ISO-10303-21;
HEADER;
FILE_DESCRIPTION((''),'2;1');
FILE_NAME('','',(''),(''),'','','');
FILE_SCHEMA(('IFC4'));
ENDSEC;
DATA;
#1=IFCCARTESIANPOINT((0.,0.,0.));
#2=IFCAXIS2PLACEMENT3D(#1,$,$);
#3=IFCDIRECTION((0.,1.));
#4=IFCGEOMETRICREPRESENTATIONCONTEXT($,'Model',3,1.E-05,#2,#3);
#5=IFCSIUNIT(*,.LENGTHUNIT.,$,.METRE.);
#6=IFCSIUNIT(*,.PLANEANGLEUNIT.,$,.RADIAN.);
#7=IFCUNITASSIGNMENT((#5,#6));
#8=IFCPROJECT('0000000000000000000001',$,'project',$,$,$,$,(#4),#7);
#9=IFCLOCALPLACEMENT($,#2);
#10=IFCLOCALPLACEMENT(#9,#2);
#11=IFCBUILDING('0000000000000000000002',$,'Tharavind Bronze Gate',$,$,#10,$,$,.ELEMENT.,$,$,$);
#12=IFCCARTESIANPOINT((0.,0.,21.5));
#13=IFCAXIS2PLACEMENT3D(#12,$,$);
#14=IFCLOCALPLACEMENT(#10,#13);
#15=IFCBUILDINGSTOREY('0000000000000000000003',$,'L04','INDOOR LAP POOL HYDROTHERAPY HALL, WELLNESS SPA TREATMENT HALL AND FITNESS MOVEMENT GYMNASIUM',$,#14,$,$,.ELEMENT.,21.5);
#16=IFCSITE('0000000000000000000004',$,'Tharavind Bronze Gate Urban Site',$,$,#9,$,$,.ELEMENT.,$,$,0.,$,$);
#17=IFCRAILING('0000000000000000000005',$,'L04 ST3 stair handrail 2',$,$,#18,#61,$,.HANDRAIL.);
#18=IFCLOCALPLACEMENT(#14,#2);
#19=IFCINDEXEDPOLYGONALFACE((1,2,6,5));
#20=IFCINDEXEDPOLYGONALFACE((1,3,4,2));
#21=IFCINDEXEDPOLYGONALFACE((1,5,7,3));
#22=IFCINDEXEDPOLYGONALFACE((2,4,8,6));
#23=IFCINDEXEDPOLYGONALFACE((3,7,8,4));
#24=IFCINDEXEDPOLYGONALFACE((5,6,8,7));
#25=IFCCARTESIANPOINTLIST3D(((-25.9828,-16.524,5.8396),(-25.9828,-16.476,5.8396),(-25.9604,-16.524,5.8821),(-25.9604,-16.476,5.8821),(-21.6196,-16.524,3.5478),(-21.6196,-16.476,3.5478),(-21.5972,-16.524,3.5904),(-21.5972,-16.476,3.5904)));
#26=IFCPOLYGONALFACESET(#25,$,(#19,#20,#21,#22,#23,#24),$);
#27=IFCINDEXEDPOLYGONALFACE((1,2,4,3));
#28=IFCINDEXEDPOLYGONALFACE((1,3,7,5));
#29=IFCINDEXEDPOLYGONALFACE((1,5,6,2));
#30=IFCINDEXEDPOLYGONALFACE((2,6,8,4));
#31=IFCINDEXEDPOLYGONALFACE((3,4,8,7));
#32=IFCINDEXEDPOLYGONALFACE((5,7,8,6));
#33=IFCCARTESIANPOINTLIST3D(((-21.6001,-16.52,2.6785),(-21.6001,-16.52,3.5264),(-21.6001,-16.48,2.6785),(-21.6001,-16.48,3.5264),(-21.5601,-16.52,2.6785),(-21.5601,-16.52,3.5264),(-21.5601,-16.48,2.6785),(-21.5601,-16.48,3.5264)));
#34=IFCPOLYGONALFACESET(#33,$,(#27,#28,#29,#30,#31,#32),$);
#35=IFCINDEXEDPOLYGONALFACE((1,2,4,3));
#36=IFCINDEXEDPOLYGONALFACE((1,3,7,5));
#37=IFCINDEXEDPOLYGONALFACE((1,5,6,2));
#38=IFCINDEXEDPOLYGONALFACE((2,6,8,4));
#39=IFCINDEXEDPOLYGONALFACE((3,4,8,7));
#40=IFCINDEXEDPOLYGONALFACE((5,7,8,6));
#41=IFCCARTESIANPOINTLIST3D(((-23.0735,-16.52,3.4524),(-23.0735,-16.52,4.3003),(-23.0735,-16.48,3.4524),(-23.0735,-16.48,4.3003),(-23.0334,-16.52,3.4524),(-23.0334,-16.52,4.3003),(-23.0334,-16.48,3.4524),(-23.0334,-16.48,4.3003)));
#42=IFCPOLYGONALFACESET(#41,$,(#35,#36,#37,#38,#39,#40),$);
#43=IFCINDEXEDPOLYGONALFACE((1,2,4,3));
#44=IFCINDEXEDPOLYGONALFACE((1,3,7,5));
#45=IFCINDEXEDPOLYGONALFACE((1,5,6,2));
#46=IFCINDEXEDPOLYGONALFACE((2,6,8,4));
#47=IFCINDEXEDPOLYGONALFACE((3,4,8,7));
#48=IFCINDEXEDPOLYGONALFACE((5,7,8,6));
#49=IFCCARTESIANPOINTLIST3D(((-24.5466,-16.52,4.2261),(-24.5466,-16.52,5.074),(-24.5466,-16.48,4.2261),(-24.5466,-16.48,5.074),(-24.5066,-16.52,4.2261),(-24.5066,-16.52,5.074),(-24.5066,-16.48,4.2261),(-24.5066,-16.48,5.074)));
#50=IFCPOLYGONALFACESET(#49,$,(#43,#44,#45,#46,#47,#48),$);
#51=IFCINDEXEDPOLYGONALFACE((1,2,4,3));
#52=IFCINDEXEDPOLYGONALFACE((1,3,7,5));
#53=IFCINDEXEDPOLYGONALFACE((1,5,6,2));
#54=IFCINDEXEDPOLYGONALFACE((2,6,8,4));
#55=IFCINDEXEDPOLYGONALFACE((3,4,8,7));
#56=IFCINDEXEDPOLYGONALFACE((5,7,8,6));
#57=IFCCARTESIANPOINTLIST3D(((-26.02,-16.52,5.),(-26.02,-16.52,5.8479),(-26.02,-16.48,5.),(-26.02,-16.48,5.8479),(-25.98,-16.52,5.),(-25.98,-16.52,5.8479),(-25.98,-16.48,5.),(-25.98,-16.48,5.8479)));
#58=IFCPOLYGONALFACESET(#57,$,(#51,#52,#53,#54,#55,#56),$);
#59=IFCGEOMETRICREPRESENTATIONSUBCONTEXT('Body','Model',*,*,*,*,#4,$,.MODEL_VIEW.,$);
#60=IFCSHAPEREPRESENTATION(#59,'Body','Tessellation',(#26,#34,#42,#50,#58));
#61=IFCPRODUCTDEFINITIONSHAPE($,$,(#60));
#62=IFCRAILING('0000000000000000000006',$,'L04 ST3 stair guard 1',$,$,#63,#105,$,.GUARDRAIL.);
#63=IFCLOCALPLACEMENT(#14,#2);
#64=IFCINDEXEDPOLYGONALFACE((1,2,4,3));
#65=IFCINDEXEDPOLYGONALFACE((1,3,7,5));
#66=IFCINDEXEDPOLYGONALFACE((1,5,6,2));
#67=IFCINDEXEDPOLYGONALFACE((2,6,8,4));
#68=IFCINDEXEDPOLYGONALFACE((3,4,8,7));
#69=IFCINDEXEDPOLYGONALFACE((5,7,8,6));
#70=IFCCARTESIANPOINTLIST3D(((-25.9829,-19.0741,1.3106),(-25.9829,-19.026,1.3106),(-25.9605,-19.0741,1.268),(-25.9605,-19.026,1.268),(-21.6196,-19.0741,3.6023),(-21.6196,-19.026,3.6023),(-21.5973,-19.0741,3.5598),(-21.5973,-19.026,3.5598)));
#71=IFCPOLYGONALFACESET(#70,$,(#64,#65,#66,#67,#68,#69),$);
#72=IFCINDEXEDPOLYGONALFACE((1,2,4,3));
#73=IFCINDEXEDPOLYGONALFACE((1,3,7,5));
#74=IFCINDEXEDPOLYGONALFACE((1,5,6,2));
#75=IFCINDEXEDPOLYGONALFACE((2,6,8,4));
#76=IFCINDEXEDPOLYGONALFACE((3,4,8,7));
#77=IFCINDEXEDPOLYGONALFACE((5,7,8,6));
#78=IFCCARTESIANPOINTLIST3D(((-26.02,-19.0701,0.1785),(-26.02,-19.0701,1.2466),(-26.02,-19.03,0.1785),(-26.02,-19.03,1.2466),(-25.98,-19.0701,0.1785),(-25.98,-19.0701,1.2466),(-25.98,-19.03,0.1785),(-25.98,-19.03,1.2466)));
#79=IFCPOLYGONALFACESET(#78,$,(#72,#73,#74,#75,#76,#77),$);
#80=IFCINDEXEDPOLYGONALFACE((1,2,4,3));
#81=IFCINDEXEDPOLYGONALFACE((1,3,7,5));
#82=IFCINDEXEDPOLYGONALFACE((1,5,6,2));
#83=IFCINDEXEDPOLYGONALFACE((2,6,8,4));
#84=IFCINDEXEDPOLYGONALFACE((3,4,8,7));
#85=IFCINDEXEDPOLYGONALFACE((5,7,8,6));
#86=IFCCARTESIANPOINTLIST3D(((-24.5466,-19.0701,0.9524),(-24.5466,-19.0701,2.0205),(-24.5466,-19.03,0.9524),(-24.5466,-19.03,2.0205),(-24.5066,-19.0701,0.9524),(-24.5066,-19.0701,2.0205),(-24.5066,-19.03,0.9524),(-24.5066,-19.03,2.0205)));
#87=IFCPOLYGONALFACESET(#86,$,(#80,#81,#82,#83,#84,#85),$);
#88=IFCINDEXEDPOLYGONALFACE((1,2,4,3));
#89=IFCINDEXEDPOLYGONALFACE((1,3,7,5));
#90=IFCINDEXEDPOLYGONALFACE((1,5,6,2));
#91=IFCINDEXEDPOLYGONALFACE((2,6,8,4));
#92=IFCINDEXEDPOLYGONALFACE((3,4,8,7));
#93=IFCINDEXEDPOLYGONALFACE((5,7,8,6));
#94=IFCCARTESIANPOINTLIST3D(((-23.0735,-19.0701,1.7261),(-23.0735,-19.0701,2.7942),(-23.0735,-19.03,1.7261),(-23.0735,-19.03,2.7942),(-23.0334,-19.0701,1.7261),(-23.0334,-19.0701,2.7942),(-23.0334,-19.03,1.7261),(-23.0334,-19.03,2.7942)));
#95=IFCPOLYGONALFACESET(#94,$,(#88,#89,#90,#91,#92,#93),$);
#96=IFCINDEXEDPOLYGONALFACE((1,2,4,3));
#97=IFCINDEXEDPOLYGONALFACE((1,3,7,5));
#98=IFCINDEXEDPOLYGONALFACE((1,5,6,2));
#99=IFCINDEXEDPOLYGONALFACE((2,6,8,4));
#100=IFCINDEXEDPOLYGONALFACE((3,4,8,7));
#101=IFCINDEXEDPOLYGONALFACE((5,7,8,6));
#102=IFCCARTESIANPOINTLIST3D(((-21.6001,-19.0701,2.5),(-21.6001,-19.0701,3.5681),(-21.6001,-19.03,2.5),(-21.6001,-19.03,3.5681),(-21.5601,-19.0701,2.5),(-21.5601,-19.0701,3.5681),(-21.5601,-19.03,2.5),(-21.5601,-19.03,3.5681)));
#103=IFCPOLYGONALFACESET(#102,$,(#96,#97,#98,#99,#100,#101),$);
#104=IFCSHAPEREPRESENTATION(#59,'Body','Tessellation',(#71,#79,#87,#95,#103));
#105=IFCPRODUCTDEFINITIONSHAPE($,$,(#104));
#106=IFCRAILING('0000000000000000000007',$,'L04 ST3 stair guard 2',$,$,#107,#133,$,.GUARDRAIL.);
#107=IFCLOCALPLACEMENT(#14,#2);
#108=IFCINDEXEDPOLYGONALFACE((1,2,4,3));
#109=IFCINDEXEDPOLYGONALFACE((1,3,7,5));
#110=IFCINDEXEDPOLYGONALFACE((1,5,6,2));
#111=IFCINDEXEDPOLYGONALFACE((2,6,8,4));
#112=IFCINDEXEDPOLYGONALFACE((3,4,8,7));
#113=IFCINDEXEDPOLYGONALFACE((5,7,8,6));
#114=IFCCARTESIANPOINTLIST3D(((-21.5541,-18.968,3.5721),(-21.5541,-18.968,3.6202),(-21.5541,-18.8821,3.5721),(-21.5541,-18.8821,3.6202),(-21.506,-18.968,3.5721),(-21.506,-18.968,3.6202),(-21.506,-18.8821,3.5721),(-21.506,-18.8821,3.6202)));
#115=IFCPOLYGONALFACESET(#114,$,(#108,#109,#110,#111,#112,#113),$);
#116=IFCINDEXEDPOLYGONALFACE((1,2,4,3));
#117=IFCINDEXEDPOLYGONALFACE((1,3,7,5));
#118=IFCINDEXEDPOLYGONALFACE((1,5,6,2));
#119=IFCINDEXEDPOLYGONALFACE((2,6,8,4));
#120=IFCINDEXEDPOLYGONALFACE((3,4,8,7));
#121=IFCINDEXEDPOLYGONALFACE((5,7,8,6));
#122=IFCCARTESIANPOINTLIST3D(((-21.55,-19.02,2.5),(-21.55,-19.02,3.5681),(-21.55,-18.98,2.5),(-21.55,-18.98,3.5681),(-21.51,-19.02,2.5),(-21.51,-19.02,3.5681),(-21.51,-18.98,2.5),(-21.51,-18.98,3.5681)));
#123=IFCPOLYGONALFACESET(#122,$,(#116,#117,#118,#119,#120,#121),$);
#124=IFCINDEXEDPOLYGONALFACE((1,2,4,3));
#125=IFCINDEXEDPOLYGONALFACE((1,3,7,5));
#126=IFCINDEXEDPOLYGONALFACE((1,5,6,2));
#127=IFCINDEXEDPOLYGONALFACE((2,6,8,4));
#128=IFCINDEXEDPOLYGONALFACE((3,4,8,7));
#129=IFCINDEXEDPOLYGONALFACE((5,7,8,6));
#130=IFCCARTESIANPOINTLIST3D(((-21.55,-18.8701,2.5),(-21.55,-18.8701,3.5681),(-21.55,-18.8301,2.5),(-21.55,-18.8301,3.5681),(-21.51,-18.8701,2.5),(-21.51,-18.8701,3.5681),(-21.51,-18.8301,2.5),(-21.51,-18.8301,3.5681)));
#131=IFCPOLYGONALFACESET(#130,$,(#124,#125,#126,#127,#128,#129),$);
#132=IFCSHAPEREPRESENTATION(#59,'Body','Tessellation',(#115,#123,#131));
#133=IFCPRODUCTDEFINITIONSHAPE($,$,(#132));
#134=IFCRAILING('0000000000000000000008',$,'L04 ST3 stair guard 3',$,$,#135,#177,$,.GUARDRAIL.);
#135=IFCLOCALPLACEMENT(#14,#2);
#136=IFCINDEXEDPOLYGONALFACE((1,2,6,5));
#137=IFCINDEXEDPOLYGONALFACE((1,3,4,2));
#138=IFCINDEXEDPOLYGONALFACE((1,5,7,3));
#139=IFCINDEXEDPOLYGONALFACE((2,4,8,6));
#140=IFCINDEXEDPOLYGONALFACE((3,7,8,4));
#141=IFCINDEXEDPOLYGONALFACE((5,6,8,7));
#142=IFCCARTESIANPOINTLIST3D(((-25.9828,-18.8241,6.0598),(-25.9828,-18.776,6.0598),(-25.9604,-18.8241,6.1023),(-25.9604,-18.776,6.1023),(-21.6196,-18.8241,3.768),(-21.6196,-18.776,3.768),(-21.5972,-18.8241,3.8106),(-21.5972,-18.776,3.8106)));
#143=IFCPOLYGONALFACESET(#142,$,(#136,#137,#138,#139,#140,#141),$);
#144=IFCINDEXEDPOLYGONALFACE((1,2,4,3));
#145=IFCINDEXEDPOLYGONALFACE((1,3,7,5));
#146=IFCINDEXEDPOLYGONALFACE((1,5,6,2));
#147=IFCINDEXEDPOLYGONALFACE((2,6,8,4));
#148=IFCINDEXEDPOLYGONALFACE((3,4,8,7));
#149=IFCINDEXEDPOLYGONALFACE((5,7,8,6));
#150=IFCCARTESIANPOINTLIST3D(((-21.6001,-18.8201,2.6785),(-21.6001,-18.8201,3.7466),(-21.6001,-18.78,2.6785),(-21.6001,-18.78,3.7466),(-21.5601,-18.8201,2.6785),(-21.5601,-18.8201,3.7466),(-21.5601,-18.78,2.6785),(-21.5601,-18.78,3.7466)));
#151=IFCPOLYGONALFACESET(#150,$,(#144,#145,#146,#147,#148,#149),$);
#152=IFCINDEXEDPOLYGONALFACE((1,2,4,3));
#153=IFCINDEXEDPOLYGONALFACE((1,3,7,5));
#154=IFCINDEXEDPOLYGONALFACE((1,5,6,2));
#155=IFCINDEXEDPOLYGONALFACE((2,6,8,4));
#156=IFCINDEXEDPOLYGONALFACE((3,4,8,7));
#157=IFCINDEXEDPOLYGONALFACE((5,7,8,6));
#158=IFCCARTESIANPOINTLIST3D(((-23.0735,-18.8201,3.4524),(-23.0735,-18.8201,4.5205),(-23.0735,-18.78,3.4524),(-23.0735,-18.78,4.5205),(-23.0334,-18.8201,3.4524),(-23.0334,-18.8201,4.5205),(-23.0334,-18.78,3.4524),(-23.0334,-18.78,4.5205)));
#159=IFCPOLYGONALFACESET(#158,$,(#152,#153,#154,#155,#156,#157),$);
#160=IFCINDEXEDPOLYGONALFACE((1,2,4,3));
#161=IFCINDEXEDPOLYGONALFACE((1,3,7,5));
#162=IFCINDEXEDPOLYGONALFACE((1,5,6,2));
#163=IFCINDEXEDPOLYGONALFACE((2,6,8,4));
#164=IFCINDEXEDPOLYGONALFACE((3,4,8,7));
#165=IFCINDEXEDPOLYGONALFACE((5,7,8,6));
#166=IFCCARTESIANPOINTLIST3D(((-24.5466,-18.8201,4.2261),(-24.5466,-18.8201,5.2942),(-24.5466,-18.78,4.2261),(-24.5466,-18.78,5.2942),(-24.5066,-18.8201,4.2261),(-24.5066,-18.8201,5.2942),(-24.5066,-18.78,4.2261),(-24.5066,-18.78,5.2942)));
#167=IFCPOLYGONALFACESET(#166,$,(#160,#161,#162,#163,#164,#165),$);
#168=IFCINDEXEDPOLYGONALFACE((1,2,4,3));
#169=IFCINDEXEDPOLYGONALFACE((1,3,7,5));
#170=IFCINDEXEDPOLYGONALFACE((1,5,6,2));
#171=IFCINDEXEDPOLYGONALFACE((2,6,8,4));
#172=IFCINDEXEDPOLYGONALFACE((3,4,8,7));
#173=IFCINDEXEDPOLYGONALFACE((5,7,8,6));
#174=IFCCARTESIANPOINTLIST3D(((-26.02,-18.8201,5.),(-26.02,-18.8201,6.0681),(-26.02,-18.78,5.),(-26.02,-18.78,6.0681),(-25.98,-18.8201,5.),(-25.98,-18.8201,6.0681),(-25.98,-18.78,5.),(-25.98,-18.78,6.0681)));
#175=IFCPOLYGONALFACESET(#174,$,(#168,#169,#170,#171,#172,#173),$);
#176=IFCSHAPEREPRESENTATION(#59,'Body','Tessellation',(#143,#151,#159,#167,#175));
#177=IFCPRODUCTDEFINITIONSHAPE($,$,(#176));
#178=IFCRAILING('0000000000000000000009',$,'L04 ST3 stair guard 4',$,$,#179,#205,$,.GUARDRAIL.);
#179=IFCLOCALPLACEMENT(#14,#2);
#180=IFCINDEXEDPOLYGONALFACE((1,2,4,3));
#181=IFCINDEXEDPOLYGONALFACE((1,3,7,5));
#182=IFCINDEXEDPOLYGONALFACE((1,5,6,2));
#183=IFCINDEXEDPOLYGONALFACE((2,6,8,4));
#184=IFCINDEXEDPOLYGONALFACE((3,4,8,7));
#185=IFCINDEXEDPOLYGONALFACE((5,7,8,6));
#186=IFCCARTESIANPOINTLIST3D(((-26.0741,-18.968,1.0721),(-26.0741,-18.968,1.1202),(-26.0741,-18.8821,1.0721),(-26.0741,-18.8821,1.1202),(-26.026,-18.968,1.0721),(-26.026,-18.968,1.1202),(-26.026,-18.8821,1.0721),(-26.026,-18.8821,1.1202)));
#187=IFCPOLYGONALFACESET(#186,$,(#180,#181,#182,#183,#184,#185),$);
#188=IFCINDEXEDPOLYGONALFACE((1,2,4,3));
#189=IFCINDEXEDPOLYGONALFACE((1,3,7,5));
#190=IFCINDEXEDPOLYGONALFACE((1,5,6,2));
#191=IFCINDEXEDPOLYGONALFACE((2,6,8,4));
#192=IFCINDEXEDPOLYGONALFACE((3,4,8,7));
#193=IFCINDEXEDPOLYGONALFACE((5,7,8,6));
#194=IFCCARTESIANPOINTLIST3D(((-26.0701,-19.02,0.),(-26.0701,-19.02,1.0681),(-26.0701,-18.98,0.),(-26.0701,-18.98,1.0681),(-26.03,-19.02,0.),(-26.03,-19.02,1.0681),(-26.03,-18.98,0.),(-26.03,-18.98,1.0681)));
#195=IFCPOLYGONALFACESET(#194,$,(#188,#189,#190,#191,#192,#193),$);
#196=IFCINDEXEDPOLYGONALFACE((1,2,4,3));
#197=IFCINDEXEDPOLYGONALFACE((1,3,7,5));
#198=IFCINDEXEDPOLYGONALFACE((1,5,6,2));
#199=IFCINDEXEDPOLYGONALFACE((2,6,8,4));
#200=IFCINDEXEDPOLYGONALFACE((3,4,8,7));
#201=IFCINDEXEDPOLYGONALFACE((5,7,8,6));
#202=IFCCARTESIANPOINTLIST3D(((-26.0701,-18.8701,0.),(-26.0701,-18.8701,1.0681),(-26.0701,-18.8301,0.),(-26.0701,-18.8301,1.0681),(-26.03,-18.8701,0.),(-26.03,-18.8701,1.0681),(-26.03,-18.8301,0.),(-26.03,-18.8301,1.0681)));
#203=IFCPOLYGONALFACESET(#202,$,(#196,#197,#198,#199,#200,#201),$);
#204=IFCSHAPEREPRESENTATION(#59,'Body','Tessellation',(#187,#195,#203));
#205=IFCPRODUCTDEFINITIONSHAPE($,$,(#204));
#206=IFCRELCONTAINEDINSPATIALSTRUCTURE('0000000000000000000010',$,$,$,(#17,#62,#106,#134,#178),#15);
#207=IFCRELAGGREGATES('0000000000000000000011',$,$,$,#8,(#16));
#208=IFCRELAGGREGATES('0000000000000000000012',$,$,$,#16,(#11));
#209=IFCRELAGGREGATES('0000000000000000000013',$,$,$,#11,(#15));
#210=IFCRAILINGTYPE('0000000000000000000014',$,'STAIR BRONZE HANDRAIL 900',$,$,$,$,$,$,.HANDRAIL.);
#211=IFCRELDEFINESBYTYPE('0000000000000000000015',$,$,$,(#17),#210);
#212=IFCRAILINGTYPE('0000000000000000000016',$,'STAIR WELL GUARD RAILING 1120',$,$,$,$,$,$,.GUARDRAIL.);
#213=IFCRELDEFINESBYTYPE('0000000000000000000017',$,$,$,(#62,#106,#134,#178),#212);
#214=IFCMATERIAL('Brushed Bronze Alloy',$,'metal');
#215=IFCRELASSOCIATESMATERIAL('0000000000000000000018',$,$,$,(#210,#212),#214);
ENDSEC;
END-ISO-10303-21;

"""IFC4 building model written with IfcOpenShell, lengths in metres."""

from ifc_helpers import new_model, si_unit, direction, frame, origin, origin_2d, place, context, subcontext, project, spatial, rectangle, extrude, material, type_object, element, save


model = new_model("IFC4")

# Units and contexts
model_context = context("Model", 3, precision=1e-05, world=origin(), true_north=direction((0.0, 1.0)))
body_context = subcontext(model_context, "Body", "Model", "MODEL_VIEW")
ifc_project = project(units=[si_unit("LENGTHUNIT", "METRE"), si_unit("PLANEANGLEUNIT", "RADIAN")], contexts=[model_context])

# Site, building, storey
site_placement = place(None, origin())
site = spatial("IfcSite", under=ifc_project, at=site_placement, Name="Tharavind Bronze Gate Urban Site", CompositionType="ELEMENT", RefElevation=0.0)
building_placement = place(site_placement, origin())
building = spatial("IfcBuilding", under=site, at=building_placement, Name="Tharavind Bronze Gate", CompositionType="ELEMENT")
storey_placement = place(building_placement, frame((0.0, 0.0, 21.5)))
storey = spatial("IfcBuildingStorey", under=building, at=storey_placement, Name="L04", Description="INDOOR LAP POOL HYDROTHERAPY HALL, WELLNESS SPA TREATMENT HALL AND FITNESS MOVEMENT GYMNASIUM", CompositionType="ELEMENT", Elevation=21.5)

# Railings
ifc_material_1 = material(Name="Brushed Bronze Alloy", Category="metal")
railing_type_1 = type_object("IfcRailingType", Name="STAIR BRONZE HANDRAIL 900", PredefinedType="HANDRAIL", material=ifc_material_1)
railing_1_placement = place(storey_placement, frame((-21.5801, -16.5, 2.6785)))
element("IfcRailing", 1, at=railing_1_placement, inside=storey, type_object=railing_type_1, Name="L04 ST3 stair handrail 2", PredefinedType="HANDRAIL", context=body_context, shape_type="SweptSolid", body=[
    extrude(rectangle(XDim=0.0481, YDim=0.0481, at=origin_2d()), frame((-0.0283, 0.0, 0.8906), z_axis=(-0.885309, 0.0, 0.465003), x_axis=(0.0, -1.0, 0.0)), (0.0, 0.0, 1.0), 4.9285),
    extrude(rectangle(XDim=0.04, YDim=0.04, at=origin_2d()), origin(), (0.0, 0.0, 1.0), 0.8479),
    extrude(rectangle(XDim=0.04, YDim=0.04, at=origin_2d()), frame((-1.4734, 0.0, 0.7739)), (0.0, 0.0, 1.0), 0.8479),
    extrude(rectangle(XDim=0.04, YDim=0.04, at=origin_2d()), frame((-2.9465, 0.0, 1.5476)), (0.0, 0.0, 1.0), 0.8479),
    extrude(rectangle(XDim=0.04, YDim=0.04, at=origin_2d()), frame((-4.4199, 0.0, 2.3215)), (0.0, 0.0, 1.0), 0.8479),
])
railing_type_2 = type_object("IfcRailingType", Name="STAIR WELL GUARD RAILING 1120", PredefinedType="GUARDRAIL", material=ifc_material_1)
railing_2_placement = place(storey_placement, frame((-26.0, -19.05, 0.1785)))
element("IfcRailing", 2, at=railing_2_placement, inside=storey, type_object=railing_type_2, Name="L04 ST3 stair guard 1", PredefinedType="GUARDRAIL", context=body_context, shape_type="SweptSolid", body=[
    extrude(rectangle(XDim=0.0481, YDim=0.0481, at=origin_2d()), frame((0.0283, 0.0, 1.1108), z_axis=(0.885309, 0.0, 0.465003), x_axis=(0.0, 1.0, 0.0)), (0.0, 0.0, 1.0), 4.9285),
    extrude(rectangle(XDim=0.04, YDim=0.04, at=origin_2d()), origin(), (0.0, 0.0, 1.0), 1.0681),
    extrude(rectangle(XDim=0.04, YDim=0.04, at=origin_2d()), frame((1.4734, 0.0, 0.7739)), (0.0, 0.0, 1.0), 1.0681),
    extrude(rectangle(XDim=0.04, YDim=0.04, at=origin_2d()), frame((2.9465, 0.0, 1.5476)), (0.0, 0.0, 1.0), 1.0681),
    extrude(rectangle(XDim=0.04, YDim=0.04, at=origin_2d()), frame((4.4199, 0.0, 2.3215)), (0.0, 0.0, 1.0), 1.0681),
])
railing_3_placement = place(storey_placement, frame((-21.53, -19.0, 2.5)))
element("IfcRailing", 3, at=railing_3_placement, inside=storey, type_object=railing_type_2, Name="L04 ST3 stair guard 2", PredefinedType="GUARDRAIL", context=body_context, shape_type="SweptSolid", body=[
    extrude(rectangle(XDim=0.0481, YDim=0.0481, at=origin_2d()), frame((0.0, 0.032, 1.0962), z_axis=(0.0, 1.0, 0.0), x_axis=(-1.0, 0.0, 0.0)), (0.0, 0.0, 1.0), 0.0859),
    extrude(rectangle(XDim=0.04, YDim=0.04, at=origin_2d()), origin(), (0.0, 0.0, 1.0), 1.0681),
    extrude(rectangle(XDim=0.04, YDim=0.04, at=origin_2d()), frame((0.0, 0.1499, 0.0)), (0.0, 0.0, 1.0), 1.0681),
])
railing_4_placement = place(storey_placement, frame((-21.5801, -18.8, 2.6785)))
element("IfcRailing", 4, at=railing_4_placement, inside=storey, type_object=railing_type_2, Name="L04 ST3 stair guard 3", PredefinedType="GUARDRAIL", context=body_context, shape_type="SweptSolid", body=[
    extrude(rectangle(XDim=0.0481, YDim=0.0481, at=origin_2d()), frame((-0.0283, 0.0, 1.1108), z_axis=(-0.885309, 0.0, 0.465003), x_axis=(0.0, -1.0, 0.0)), (0.0, 0.0, 1.0), 4.9285),
    extrude(rectangle(XDim=0.04, YDim=0.04, at=origin_2d()), origin(), (0.0, 0.0, 1.0), 1.0681),
    extrude(rectangle(XDim=0.04, YDim=0.04, at=origin_2d()), frame((-1.4734, 0.0, 0.7739)), (0.0, 0.0, 1.0), 1.0681),
    extrude(rectangle(XDim=0.04, YDim=0.04, at=origin_2d()), frame((-2.9465, 0.0, 1.5476)), (0.0, 0.0, 1.0), 1.0681),
    extrude(rectangle(XDim=0.04, YDim=0.04, at=origin_2d()), frame((-4.4199, 0.0, 2.3215)), (0.0, 0.0, 1.0), 1.0681),
])
railing_5_placement = place(storey_placement, frame((-26.05, -19.0, 0.0)))
element("IfcRailing", 5, at=railing_5_placement, inside=storey, type_object=railing_type_2, Name="L04 ST3 stair guard 4", PredefinedType="GUARDRAIL", context=body_context, shape_type="SweptSolid", body=[
    extrude(rectangle(XDim=0.0481, YDim=0.0481, at=origin_2d()), frame((0.0, 0.032, 1.0962), z_axis=(0.0, 1.0, 0.0), x_axis=(-1.0, 0.0, 0.0)), (0.0, 0.0, 1.0), 0.0859),
    extrude(rectangle(XDim=0.04, YDim=0.04, at=origin_2d()), origin(), (0.0, 0.0, 1.0), 1.0681),
    extrude(rectangle(XDim=0.04, YDim=0.04, at=origin_2d()), frame((0.0, 0.1499, 0.0)), (0.0, 0.0, 1.0), 1.0681),
])

save(model, "model.ifc")
